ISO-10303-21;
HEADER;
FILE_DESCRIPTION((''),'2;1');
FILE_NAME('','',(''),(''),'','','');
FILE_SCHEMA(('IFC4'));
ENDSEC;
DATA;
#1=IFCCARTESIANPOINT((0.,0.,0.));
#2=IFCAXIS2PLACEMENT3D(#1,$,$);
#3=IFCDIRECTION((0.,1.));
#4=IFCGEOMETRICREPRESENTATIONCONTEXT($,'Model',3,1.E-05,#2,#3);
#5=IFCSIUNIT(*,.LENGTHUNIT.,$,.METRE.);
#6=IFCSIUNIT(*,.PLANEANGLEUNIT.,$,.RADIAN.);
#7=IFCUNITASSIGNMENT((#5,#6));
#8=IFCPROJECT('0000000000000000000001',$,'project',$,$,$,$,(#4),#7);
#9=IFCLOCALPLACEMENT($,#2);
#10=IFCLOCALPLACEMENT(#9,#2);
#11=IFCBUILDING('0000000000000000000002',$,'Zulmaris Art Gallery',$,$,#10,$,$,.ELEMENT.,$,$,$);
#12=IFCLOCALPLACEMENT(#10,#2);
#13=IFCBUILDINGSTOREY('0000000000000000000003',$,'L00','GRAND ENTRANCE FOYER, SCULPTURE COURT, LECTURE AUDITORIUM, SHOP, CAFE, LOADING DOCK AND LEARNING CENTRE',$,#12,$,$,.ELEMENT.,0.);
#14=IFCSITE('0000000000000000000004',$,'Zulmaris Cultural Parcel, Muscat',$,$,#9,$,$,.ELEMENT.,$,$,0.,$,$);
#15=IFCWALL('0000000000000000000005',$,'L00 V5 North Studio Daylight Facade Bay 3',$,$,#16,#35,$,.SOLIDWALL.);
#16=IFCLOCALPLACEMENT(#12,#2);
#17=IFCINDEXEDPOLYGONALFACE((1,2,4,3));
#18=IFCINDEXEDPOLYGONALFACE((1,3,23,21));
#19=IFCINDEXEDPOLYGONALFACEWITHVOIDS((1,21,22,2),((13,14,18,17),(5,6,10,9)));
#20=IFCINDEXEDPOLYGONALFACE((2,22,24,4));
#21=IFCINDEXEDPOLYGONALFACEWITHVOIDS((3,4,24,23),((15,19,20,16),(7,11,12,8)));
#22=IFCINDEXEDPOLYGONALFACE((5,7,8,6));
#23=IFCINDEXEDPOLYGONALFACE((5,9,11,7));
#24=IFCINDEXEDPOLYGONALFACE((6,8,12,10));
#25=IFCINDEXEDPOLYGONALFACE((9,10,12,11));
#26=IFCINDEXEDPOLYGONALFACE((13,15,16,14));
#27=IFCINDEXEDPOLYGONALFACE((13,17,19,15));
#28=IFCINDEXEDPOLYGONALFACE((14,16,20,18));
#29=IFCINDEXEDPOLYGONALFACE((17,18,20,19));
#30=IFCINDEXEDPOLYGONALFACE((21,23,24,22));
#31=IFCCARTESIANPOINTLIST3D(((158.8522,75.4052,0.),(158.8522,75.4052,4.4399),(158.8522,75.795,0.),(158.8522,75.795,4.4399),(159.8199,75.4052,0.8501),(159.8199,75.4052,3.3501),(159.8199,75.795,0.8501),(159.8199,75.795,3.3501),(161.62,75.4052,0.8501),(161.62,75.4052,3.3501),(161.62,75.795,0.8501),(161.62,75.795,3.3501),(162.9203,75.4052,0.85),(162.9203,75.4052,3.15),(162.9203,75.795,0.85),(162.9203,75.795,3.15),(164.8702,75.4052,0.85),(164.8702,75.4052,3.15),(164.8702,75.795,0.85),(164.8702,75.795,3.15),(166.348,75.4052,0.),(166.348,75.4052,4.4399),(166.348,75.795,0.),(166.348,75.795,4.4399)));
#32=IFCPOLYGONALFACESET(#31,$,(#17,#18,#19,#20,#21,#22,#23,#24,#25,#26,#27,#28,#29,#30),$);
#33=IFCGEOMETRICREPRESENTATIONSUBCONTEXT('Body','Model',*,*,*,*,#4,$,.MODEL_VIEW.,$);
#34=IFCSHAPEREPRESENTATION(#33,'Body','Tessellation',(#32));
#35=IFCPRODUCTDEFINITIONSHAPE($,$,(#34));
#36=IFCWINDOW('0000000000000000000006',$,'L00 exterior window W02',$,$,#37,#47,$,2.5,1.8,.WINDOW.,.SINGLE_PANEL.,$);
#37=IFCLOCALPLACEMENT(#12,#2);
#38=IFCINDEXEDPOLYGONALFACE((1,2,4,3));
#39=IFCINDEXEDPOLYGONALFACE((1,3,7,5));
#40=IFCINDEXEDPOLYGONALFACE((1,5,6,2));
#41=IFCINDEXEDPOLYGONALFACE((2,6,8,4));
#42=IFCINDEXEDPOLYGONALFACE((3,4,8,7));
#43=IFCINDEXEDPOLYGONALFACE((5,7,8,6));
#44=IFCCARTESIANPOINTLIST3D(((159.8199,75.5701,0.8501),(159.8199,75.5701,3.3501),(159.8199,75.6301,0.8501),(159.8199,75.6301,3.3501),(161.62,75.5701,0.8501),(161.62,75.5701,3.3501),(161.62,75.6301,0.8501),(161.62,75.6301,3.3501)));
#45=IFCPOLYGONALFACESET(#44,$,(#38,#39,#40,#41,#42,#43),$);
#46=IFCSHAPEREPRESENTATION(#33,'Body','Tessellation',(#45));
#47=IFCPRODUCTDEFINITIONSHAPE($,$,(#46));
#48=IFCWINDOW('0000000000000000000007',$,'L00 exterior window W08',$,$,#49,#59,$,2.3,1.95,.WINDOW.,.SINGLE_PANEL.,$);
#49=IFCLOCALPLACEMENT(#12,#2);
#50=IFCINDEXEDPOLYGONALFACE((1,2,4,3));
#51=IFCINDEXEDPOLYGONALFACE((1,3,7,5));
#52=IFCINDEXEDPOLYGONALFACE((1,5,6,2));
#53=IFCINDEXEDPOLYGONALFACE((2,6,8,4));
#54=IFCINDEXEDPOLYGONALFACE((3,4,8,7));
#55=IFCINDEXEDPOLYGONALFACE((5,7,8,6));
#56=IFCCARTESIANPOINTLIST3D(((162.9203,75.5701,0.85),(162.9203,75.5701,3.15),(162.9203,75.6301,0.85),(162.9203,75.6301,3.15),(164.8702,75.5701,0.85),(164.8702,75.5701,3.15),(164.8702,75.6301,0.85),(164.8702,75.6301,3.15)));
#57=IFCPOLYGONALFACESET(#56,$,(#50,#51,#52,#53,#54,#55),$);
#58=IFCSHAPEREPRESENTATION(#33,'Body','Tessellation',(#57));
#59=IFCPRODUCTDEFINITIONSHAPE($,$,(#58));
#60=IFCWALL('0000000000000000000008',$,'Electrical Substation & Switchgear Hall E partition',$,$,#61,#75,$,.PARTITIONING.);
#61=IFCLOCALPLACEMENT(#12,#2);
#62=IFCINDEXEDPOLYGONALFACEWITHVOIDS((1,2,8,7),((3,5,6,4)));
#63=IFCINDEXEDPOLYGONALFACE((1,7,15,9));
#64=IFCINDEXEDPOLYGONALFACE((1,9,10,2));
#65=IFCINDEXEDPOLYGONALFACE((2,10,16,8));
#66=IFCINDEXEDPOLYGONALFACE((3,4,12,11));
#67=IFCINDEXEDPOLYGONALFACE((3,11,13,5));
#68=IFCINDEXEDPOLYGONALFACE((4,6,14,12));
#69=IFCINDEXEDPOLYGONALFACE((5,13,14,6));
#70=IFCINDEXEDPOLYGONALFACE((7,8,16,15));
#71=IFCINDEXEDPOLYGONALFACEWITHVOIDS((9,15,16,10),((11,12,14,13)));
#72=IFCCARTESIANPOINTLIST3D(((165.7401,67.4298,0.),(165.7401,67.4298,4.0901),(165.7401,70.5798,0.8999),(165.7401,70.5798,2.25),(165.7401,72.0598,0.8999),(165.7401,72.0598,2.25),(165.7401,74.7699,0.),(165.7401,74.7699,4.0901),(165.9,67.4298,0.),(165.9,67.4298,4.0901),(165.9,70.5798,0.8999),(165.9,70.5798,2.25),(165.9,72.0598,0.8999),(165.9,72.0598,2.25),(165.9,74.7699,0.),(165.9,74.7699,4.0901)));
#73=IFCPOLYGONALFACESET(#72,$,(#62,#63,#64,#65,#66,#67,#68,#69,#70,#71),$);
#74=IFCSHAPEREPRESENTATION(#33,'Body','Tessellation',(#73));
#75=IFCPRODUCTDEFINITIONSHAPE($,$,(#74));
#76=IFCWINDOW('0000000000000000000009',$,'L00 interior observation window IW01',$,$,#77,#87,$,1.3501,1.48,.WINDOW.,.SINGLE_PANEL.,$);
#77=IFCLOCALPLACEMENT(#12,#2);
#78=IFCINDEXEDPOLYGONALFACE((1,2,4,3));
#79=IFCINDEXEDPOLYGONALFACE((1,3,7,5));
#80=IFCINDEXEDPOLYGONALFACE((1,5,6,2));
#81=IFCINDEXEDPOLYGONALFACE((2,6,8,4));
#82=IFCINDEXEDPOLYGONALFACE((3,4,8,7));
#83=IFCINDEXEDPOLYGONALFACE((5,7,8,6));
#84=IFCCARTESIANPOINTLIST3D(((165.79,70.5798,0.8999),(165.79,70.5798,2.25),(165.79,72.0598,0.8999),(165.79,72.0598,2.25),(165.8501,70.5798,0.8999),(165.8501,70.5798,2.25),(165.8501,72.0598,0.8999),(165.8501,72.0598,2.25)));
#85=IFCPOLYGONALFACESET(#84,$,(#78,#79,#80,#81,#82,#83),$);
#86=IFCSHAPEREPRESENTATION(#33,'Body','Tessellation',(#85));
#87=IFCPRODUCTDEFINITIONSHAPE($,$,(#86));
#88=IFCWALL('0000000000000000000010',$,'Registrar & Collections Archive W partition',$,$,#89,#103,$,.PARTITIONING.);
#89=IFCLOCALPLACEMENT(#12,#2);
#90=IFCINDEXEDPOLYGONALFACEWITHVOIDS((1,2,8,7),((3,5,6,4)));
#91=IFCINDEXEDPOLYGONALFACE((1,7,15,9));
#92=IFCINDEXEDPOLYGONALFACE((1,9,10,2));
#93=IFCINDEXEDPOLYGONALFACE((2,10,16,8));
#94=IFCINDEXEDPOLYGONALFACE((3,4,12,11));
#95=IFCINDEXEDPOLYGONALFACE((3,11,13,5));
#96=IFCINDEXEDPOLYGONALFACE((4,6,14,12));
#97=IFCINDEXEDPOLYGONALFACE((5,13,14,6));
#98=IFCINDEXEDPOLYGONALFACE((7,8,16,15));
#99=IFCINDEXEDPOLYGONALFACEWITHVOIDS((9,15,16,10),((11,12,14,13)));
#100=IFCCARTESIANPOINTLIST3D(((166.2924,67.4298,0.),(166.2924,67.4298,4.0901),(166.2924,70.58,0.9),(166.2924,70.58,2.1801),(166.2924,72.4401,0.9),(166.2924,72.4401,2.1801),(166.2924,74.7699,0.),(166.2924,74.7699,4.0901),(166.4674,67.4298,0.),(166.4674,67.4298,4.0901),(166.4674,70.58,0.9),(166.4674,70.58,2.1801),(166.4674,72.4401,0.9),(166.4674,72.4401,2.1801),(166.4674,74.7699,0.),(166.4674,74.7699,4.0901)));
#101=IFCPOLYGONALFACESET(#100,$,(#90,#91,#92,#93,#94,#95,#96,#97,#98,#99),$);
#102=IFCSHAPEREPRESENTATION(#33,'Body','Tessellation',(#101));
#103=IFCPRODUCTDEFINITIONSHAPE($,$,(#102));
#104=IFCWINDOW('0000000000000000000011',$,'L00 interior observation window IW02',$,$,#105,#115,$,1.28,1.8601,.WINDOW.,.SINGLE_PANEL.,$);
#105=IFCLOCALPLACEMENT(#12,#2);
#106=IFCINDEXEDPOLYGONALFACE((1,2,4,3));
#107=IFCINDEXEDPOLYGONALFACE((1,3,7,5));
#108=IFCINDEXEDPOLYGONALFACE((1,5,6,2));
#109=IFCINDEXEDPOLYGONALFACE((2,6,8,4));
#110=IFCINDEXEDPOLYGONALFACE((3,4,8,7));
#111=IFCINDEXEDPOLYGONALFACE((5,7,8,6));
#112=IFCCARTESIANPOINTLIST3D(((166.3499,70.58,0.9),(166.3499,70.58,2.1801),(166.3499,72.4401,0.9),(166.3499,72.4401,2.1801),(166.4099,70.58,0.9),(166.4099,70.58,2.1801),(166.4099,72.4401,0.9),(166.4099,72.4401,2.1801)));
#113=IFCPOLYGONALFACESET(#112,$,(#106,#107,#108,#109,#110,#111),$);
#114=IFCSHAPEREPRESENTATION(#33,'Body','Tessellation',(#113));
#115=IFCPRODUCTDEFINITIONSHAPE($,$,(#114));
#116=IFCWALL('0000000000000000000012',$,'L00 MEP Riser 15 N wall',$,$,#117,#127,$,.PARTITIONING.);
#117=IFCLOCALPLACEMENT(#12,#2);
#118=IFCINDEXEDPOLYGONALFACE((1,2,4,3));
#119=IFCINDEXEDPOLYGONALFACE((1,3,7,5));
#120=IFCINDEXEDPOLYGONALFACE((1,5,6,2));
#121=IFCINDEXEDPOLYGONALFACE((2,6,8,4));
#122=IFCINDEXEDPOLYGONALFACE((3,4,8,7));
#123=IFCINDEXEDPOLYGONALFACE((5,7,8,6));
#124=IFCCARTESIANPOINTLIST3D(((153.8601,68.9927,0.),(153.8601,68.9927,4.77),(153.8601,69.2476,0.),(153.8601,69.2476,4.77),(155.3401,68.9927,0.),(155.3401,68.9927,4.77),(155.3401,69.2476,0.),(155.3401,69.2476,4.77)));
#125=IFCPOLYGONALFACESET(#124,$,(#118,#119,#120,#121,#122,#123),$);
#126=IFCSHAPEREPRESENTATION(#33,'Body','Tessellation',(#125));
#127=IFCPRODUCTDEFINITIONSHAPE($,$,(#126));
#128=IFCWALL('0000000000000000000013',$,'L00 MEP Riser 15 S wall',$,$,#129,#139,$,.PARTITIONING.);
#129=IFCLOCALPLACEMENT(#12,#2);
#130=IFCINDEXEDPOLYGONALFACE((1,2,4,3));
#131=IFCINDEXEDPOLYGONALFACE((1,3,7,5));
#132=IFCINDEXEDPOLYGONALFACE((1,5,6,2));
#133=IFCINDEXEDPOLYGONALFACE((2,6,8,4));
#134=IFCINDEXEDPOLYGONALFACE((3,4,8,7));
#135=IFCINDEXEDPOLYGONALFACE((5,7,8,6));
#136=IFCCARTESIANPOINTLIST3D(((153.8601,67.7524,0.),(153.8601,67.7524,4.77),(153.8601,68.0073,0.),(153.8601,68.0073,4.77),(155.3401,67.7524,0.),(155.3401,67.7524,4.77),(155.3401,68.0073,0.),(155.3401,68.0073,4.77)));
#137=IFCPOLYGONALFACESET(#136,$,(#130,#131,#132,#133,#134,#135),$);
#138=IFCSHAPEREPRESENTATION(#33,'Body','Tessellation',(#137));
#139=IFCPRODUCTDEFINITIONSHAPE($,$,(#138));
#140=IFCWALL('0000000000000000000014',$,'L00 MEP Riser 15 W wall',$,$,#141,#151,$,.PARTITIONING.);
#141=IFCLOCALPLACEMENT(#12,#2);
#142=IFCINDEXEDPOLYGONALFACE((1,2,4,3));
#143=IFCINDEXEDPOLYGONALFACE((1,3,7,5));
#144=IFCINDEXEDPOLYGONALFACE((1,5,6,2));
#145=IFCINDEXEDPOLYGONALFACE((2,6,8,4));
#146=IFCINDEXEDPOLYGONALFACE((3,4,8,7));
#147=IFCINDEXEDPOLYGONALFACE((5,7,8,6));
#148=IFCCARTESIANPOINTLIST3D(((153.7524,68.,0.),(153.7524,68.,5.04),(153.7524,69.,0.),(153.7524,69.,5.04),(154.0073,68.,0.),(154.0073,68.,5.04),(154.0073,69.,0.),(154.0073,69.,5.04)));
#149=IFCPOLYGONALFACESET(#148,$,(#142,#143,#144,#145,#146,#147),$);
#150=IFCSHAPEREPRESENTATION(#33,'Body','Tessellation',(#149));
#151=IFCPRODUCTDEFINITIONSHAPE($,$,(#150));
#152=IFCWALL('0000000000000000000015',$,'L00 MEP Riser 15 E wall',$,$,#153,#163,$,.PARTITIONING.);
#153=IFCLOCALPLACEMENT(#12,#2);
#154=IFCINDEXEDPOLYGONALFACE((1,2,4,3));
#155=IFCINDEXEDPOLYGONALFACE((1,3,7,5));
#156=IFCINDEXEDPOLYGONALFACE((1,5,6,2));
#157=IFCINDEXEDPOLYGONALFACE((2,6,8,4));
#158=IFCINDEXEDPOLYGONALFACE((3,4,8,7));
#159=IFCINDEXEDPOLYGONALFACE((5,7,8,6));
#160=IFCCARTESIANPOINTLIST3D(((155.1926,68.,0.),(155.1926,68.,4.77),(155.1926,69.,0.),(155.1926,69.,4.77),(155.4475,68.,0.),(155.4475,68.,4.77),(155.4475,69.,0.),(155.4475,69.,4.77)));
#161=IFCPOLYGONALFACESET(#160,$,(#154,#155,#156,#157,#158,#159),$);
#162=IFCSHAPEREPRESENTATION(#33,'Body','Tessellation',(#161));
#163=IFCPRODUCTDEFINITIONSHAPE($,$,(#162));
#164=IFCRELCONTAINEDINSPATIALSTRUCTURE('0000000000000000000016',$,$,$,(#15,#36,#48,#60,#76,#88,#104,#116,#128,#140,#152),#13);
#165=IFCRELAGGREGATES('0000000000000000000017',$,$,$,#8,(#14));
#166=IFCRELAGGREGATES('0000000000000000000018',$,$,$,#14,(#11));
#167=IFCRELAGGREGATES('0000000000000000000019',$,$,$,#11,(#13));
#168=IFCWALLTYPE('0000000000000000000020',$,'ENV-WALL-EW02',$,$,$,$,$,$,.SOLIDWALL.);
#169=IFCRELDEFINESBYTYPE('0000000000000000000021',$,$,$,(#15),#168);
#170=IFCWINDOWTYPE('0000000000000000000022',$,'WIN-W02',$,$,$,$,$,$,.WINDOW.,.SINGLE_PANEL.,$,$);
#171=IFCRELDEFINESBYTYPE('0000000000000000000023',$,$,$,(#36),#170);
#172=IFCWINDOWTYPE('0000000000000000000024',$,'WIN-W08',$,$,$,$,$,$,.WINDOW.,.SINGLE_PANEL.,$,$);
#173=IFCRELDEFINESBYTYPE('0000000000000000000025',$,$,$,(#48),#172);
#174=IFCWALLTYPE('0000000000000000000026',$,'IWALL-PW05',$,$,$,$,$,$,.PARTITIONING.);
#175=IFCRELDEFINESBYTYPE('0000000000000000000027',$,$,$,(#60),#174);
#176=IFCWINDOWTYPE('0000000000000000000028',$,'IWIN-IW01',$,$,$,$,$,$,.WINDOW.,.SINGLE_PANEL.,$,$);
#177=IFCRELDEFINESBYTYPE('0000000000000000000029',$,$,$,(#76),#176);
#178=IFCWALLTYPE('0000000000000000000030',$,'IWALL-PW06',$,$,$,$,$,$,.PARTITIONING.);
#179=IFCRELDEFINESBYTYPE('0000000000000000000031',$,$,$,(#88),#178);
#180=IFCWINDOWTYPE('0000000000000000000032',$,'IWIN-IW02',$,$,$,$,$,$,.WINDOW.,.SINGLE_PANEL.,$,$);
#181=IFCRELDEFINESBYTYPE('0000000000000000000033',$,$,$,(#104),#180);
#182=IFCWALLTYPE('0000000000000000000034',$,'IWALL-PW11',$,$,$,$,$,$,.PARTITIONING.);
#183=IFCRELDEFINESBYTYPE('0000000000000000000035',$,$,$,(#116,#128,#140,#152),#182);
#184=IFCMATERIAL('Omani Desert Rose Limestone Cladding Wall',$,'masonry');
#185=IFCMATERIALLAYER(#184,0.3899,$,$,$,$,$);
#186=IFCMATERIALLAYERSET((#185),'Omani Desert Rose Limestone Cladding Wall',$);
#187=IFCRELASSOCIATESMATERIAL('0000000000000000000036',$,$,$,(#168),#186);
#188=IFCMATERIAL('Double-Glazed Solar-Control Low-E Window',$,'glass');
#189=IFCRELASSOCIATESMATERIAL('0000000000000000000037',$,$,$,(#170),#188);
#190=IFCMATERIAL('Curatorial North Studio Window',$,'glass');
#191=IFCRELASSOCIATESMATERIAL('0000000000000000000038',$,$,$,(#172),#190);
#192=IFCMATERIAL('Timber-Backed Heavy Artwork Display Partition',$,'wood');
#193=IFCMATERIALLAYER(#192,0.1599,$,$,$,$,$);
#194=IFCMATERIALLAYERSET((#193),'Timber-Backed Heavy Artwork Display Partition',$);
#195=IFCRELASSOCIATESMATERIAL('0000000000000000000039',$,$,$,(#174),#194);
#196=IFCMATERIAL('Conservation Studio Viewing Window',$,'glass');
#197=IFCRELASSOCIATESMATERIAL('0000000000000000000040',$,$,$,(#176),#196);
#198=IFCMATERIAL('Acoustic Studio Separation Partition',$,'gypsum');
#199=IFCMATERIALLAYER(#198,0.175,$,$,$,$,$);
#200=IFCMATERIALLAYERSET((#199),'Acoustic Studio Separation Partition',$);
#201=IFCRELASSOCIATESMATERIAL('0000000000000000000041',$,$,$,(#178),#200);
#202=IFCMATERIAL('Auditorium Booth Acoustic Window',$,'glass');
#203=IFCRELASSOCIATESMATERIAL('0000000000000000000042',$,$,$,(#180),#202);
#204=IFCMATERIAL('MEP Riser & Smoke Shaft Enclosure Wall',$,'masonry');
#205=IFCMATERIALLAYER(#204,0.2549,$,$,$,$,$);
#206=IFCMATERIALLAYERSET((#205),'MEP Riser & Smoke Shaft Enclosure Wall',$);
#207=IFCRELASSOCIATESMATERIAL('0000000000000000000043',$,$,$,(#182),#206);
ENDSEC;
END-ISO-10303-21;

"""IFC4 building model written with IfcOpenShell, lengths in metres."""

from ifc_helpers import new_model, si_unit, direction, frame, frame_2d, origin, place, context, subcontext, project, spatial, rectangle, extrude, material, layer, layer_set, type_object, element, fill, save


model = new_model("IFC4")

# Units and contexts
model_context = context("Model", 3, precision=1e-05, world=origin(), true_north=direction((0.0, 1.0)))
body_context = subcontext(model_context, "Body", "Model", "MODEL_VIEW")
ifc_project = project(units=[si_unit("LENGTHUNIT", "METRE"), si_unit("PLANEANGLEUNIT", "RADIAN")], contexts=[model_context])

# Site, building, storey
site_placement = place(None, origin())
site = spatial("IfcSite", under=ifc_project, at=site_placement, Name="Zulmaris Cultural Parcel, Muscat", CompositionType="ELEMENT", RefElevation=0.0)
building_placement = place(site_placement, origin())
building = spatial("IfcBuilding", under=site, at=building_placement, Name="Zulmaris Art Gallery", CompositionType="ELEMENT")
storey_placement = place(building_placement, origin())
storey = spatial("IfcBuildingStorey", under=building, at=storey_placement, Name="L00", Description="GRAND ENTRANCE FOYER, SCULPTURE COURT, LECTURE AUDITORIUM, SHOP, CAFE, LOADING DOCK AND LEARNING CENTRE", CompositionType="ELEMENT", Elevation=0.0)

# Wall, openings, windows
ifc_material_1 = material(Name="Omani Desert Rose Limestone Cladding Wall", Category="masonry")
ifc_layer_1 = layer(ifc_material_1, 0.3899)
ifc_layer_set_1 = layer_set([ifc_layer_1], Name="Omani Desert Rose Limestone Cladding Wall")
wall_type_1 = type_object("IfcWallType", Name="ENV-WALL-EW02", PredefinedType="SOLIDWALL", material=ifc_layer_set_1)
ifc_material_2 = material(Name="Double-Glazed Solar-Control Low-E Window", Category="glass")
window_type_1 = type_object("IfcWindowType", Name="WIN-W02", PartitioningType="SINGLE_PANEL", PredefinedType="WINDOW", material=ifc_material_2)
ifc_material_3 = material(Name="Curatorial North Studio Window", Category="glass")
window_type_2 = type_object("IfcWindowType", Name="WIN-W08", PartitioningType="SINGLE_PANEL", PredefinedType="WINDOW", material=ifc_material_3)
wall_1_placement = place(storey_placement, frame((158.8521, 75.6001, 0.0), z_axis=(0.0, 0.0, 1.0), x_axis=(1.0, 0.0, 0.0)))
wall_1 = element("IfcWall", 1, at=wall_1_placement, inside=storey, type_object=wall_type_1, Name="L00 V5 North Studio Daylight Facade Bay 3", PredefinedType="SOLIDWALL", context=body_context, shape_type="SweptSolid", body=[
    extrude(rectangle(XDim=7.4958, YDim=0.3899, at=frame_2d((3.748, 0.0))), origin(), (0.0, 0.0, 1.0), 4.4399),
])
opening_1_placement = place(wall_1_placement, frame((0.968, 0.0, 0.8501)))
opening_1 = element("IfcOpeningElement", 2, at=opening_1_placement, cuts=wall_1, PredefinedType="OPENING", context=body_context, shape_type="SweptSolid", body=[
    extrude(rectangle(XDim=1.8, YDim=2.5, at=frame_2d((0.8999, 1.25))), frame((0.0, 0.2048, 0.0), z_axis=(0.0, -1.0, 0.0), x_axis=(1.0, 0.0, 0.0)), (0.0, 0.0, 1.0), 0.4099),
])
opening_2_placement = place(wall_1_placement, frame((4.0681, 0.0, 0.8501)))
opening_2 = element("IfcOpeningElement", 3, at=opening_2_placement, cuts=wall_1, PredefinedType="OPENING", context=body_context, shape_type="SweptSolid", body=[
    extrude(rectangle(XDim=1.95, YDim=2.3, at=frame_2d((0.9751, 1.1499))), frame((0.0, 0.2048, 0.0), z_axis=(0.0, -1.0, 0.0), x_axis=(1.0, 0.0, 0.0)), (0.0, 0.0, 1.0), 0.4099),
])
window_1_placement = place(opening_1_placement, origin())
window_1 = element("IfcWindow", 4, at=window_1_placement, inside=storey, type_object=window_type_1, Name="L00 exterior window W02", OverallHeight=2.5, OverallWidth=1.8, PartitioningType="SINGLE_PANEL", PredefinedType="WINDOW", context=body_context, shape_type="SweptSolid", body=[
    extrude(rectangle(XDim=1.8, YDim=2.5, at=frame_2d((0.8999, 1.25))), frame((0.0, 0.03, 0.0), z_axis=(0.0, -1.0, 0.0), x_axis=(1.0, 0.0, 0.0)), (0.0, 0.0, 1.0), 0.0601),
])
fill(opening_1, window_1)
window_2_placement = place(opening_2_placement, origin())
window_2 = element("IfcWindow", 5, at=window_2_placement, inside=storey, type_object=window_type_2, Name="L00 exterior window W08", OverallHeight=2.3, OverallWidth=1.95, PartitioningType="SINGLE_PANEL", PredefinedType="WINDOW", context=body_context, shape_type="SweptSolid", body=[
    extrude(rectangle(XDim=1.95, YDim=2.3, at=frame_2d((0.9751, 1.1499))), frame((0.0, 0.03, 0.0), z_axis=(0.0, -1.0, 0.0), x_axis=(1.0, 0.0, 0.0)), (0.0, 0.0, 1.0), 0.0601),
])
fill(opening_2, window_2)

# Walls, openings, windows
ifc_material_4 = material(Name="Timber-Backed Heavy Artwork Display Partition", Category="wood")
ifc_layer_2 = layer(ifc_material_4, 0.1599)
ifc_layer_set_2 = layer_set([ifc_layer_2], Name="Timber-Backed Heavy Artwork Display Partition")
wall_type_2 = type_object("IfcWallType", Name="IWALL-PW05", PredefinedType="PARTITIONING", material=ifc_layer_set_2)
wall_2_placement = place(storey_placement, frame((165.8201, 67.4299, 0.0), z_axis=(0.0, 0.0, 1.0), x_axis=(0.0, 1.0, 0.0)))
wall_2 = element("IfcWall", 6, at=wall_2_placement, inside=storey, type_object=wall_type_2, Name="Electrical Substation & Switchgear Hall E partition", PredefinedType="PARTITIONING", context=body_context, shape_type="SweptSolid", body=[
    extrude(rectangle(XDim=7.3401, YDim=0.1599, at=frame_2d((3.6699, 0.0))), origin(), (0.0, 0.0, 1.0), 4.0901),
])
opening_3_placement = place(wall_2_placement, frame((3.1499, 0.0, 0.8999)))
opening_3 = element("IfcOpeningElement", 7, at=opening_3_placement, cuts=wall_2, PredefinedType="OPENING", context=body_context, shape_type="SweptSolid", body=[
    extrude(rectangle(XDim=1.48, YDim=1.3501, at=frame_2d((0.74, 0.675))), frame((0.0, 0.0898, 0.0), z_axis=(0.0, -1.0, 0.0), x_axis=(1.0, 0.0, 0.0)), (0.0, 0.0, 1.0), 0.1799),
])
ifc_material_5 = material(Name="Conservation Studio Viewing Window", Category="glass")
window_type_3 = type_object("IfcWindowType", Name="IWIN-IW01", PartitioningType="SINGLE_PANEL", PredefinedType="WINDOW", material=ifc_material_5)
window_3_placement = place(opening_3_placement, origin())
window_3 = element("IfcWindow", 8, at=window_3_placement, inside=storey, type_object=window_type_3, Name="L00 interior observation window IW01", OverallHeight=1.3501, OverallWidth=1.48, PartitioningType="SINGLE_PANEL", PredefinedType="WINDOW", context=body_context, shape_type="SweptSolid", body=[
    extrude(rectangle(XDim=1.48, YDim=1.3501, at=frame_2d((0.74, 0.675))), frame((0.0, 0.03, 0.0), z_axis=(0.0, -1.0, 0.0), x_axis=(1.0, 0.0, 0.0)), (0.0, 0.0, 1.0), 0.0601),
])
fill(opening_3, window_3)
ifc_material_6 = material(Name="Acoustic Studio Separation Partition", Category="gypsum")
ifc_layer_3 = layer(ifc_material_6, 0.175)
ifc_layer_set_3 = layer_set([ifc_layer_3], Name="Acoustic Studio Separation Partition")
wall_type_3 = type_object("IfcWallType", Name="IWALL-PW06", PredefinedType="PARTITIONING", material=ifc_layer_set_3)
wall_3_placement = place(storey_placement, frame((166.3799, 67.4299, 0.0), z_axis=(0.0, 0.0, 1.0), x_axis=(0.0, 1.0, 0.0)))
wall_3 = element("IfcWall", 9, at=wall_3_placement, inside=storey, type_object=wall_type_3, Name="Registrar & Collections Archive W partition", PredefinedType="PARTITIONING", context=body_context, shape_type="SweptSolid", body=[
    extrude(rectangle(XDim=7.3401, YDim=0.175, at=frame_2d((3.6699, 0.0))), origin(), (0.0, 0.0, 1.0), 4.0901),
])
opening_4_placement = place(wall_3_placement, frame((3.1499, 0.0, 0.8999)))
opening_4 = element("IfcOpeningElement", 10, at=opening_4_placement, cuts=wall_3, PredefinedType="OPENING", context=body_context, shape_type="SweptSolid", body=[
    extrude(rectangle(XDim=1.8601, YDim=1.28, at=frame_2d((0.9302, 0.6401))), frame((0.0, 0.0974, 0.0), z_axis=(0.0, -1.0, 0.0), x_axis=(1.0, 0.0, 0.0)), (0.0, 0.0, 1.0), 0.1951),
])
ifc_material_7 = material(Name="Auditorium Booth Acoustic Window", Category="glass")
window_type_4 = type_object("IfcWindowType", Name="IWIN-IW02", PartitioningType="SINGLE_PANEL", PredefinedType="WINDOW", material=ifc_material_7)
window_4_placement = place(opening_4_placement, origin())
window_4 = element("IfcWindow", 11, at=window_4_placement, inside=storey, type_object=window_type_4, Name="L00 interior observation window IW02", OverallHeight=1.28, OverallWidth=1.8601, PartitioningType="SINGLE_PANEL", PredefinedType="WINDOW", context=body_context, shape_type="SweptSolid", body=[
    extrude(rectangle(XDim=1.8601, YDim=1.28, at=frame_2d((0.9302, 0.6401))), frame((0.0, 0.03, 0.0), z_axis=(0.0, -1.0, 0.0), x_axis=(1.0, 0.0, 0.0)), (0.0, 0.0, 1.0), 0.0601),
])
fill(opening_4, window_4)

# Walls
ifc_material_8 = material(Name="MEP Riser & Smoke Shaft Enclosure Wall", Category="masonry")
ifc_layer_4 = layer(ifc_material_8, 0.2549)
ifc_layer_set_4 = layer_set([ifc_layer_4], Name="MEP Riser & Smoke Shaft Enclosure Wall")
wall_type_4 = type_object("IfcWallType", Name="IWALL-PW11", PredefinedType="PARTITIONING", material=ifc_layer_set_4)
for number, where, z_axis, x_axis, name in (
    (12, (153.8601, 69.1201, 0.0), (0.0, 0.0, 1.0), (1.0, 0.0, 0.0), "L00 MEP Riser 15 N wall"),
    (13, (153.8601, 67.8799, 0.0), (0.0, 0.0, 1.0), (1.0, 0.0, 0.0), "L00 MEP Riser 15 S wall"),
):
    element("IfcWall", number, at=place(storey_placement, frame(where, z_axis=z_axis, x_axis=x_axis)), inside=storey, type_object=wall_type_4, Name=name, PredefinedType="PARTITIONING", context=body_context, shape_type="SweptSolid", body=[
        extrude(rectangle(XDim=1.48, YDim=0.2549, at=frame_2d((0.74, 0.0))), origin(), (0.0, 0.0, 1.0), 4.77),
    ])
wall_4_placement = place(storey_placement, frame((153.8799, 68.0, 0.0), z_axis=(0.0, 0.0, 1.0), x_axis=(0.0, 1.0, 0.0)))
element("IfcWall", 14, at=wall_4_placement, inside=storey, type_object=wall_type_4, Name="L00 MEP Riser 15 W wall", PredefinedType="PARTITIONING", context=body_context, shape_type="SweptSolid", body=[
    extrude(rectangle(XDim=1.0, YDim=0.2549, at=frame_2d((0.5, 0.0))), origin(), (0.0, 0.0, 1.0), 5.04),
])
wall_5_placement = place(storey_placement, frame((155.3201, 68.0, 0.0), z_axis=(0.0, 0.0, 1.0), x_axis=(0.0, 1.0, 0.0)))
element("IfcWall", 15, at=wall_5_placement, inside=storey, type_object=wall_type_4, Name="L00 MEP Riser 15 E wall", PredefinedType="PARTITIONING", context=body_context, shape_type="SweptSolid", body=[
    extrude(rectangle(XDim=1.0, YDim=0.2549, at=frame_2d((0.5, 0.0))), origin(), (0.0, 0.0, 1.0), 4.77),
])

save(model, "model.ifc")
